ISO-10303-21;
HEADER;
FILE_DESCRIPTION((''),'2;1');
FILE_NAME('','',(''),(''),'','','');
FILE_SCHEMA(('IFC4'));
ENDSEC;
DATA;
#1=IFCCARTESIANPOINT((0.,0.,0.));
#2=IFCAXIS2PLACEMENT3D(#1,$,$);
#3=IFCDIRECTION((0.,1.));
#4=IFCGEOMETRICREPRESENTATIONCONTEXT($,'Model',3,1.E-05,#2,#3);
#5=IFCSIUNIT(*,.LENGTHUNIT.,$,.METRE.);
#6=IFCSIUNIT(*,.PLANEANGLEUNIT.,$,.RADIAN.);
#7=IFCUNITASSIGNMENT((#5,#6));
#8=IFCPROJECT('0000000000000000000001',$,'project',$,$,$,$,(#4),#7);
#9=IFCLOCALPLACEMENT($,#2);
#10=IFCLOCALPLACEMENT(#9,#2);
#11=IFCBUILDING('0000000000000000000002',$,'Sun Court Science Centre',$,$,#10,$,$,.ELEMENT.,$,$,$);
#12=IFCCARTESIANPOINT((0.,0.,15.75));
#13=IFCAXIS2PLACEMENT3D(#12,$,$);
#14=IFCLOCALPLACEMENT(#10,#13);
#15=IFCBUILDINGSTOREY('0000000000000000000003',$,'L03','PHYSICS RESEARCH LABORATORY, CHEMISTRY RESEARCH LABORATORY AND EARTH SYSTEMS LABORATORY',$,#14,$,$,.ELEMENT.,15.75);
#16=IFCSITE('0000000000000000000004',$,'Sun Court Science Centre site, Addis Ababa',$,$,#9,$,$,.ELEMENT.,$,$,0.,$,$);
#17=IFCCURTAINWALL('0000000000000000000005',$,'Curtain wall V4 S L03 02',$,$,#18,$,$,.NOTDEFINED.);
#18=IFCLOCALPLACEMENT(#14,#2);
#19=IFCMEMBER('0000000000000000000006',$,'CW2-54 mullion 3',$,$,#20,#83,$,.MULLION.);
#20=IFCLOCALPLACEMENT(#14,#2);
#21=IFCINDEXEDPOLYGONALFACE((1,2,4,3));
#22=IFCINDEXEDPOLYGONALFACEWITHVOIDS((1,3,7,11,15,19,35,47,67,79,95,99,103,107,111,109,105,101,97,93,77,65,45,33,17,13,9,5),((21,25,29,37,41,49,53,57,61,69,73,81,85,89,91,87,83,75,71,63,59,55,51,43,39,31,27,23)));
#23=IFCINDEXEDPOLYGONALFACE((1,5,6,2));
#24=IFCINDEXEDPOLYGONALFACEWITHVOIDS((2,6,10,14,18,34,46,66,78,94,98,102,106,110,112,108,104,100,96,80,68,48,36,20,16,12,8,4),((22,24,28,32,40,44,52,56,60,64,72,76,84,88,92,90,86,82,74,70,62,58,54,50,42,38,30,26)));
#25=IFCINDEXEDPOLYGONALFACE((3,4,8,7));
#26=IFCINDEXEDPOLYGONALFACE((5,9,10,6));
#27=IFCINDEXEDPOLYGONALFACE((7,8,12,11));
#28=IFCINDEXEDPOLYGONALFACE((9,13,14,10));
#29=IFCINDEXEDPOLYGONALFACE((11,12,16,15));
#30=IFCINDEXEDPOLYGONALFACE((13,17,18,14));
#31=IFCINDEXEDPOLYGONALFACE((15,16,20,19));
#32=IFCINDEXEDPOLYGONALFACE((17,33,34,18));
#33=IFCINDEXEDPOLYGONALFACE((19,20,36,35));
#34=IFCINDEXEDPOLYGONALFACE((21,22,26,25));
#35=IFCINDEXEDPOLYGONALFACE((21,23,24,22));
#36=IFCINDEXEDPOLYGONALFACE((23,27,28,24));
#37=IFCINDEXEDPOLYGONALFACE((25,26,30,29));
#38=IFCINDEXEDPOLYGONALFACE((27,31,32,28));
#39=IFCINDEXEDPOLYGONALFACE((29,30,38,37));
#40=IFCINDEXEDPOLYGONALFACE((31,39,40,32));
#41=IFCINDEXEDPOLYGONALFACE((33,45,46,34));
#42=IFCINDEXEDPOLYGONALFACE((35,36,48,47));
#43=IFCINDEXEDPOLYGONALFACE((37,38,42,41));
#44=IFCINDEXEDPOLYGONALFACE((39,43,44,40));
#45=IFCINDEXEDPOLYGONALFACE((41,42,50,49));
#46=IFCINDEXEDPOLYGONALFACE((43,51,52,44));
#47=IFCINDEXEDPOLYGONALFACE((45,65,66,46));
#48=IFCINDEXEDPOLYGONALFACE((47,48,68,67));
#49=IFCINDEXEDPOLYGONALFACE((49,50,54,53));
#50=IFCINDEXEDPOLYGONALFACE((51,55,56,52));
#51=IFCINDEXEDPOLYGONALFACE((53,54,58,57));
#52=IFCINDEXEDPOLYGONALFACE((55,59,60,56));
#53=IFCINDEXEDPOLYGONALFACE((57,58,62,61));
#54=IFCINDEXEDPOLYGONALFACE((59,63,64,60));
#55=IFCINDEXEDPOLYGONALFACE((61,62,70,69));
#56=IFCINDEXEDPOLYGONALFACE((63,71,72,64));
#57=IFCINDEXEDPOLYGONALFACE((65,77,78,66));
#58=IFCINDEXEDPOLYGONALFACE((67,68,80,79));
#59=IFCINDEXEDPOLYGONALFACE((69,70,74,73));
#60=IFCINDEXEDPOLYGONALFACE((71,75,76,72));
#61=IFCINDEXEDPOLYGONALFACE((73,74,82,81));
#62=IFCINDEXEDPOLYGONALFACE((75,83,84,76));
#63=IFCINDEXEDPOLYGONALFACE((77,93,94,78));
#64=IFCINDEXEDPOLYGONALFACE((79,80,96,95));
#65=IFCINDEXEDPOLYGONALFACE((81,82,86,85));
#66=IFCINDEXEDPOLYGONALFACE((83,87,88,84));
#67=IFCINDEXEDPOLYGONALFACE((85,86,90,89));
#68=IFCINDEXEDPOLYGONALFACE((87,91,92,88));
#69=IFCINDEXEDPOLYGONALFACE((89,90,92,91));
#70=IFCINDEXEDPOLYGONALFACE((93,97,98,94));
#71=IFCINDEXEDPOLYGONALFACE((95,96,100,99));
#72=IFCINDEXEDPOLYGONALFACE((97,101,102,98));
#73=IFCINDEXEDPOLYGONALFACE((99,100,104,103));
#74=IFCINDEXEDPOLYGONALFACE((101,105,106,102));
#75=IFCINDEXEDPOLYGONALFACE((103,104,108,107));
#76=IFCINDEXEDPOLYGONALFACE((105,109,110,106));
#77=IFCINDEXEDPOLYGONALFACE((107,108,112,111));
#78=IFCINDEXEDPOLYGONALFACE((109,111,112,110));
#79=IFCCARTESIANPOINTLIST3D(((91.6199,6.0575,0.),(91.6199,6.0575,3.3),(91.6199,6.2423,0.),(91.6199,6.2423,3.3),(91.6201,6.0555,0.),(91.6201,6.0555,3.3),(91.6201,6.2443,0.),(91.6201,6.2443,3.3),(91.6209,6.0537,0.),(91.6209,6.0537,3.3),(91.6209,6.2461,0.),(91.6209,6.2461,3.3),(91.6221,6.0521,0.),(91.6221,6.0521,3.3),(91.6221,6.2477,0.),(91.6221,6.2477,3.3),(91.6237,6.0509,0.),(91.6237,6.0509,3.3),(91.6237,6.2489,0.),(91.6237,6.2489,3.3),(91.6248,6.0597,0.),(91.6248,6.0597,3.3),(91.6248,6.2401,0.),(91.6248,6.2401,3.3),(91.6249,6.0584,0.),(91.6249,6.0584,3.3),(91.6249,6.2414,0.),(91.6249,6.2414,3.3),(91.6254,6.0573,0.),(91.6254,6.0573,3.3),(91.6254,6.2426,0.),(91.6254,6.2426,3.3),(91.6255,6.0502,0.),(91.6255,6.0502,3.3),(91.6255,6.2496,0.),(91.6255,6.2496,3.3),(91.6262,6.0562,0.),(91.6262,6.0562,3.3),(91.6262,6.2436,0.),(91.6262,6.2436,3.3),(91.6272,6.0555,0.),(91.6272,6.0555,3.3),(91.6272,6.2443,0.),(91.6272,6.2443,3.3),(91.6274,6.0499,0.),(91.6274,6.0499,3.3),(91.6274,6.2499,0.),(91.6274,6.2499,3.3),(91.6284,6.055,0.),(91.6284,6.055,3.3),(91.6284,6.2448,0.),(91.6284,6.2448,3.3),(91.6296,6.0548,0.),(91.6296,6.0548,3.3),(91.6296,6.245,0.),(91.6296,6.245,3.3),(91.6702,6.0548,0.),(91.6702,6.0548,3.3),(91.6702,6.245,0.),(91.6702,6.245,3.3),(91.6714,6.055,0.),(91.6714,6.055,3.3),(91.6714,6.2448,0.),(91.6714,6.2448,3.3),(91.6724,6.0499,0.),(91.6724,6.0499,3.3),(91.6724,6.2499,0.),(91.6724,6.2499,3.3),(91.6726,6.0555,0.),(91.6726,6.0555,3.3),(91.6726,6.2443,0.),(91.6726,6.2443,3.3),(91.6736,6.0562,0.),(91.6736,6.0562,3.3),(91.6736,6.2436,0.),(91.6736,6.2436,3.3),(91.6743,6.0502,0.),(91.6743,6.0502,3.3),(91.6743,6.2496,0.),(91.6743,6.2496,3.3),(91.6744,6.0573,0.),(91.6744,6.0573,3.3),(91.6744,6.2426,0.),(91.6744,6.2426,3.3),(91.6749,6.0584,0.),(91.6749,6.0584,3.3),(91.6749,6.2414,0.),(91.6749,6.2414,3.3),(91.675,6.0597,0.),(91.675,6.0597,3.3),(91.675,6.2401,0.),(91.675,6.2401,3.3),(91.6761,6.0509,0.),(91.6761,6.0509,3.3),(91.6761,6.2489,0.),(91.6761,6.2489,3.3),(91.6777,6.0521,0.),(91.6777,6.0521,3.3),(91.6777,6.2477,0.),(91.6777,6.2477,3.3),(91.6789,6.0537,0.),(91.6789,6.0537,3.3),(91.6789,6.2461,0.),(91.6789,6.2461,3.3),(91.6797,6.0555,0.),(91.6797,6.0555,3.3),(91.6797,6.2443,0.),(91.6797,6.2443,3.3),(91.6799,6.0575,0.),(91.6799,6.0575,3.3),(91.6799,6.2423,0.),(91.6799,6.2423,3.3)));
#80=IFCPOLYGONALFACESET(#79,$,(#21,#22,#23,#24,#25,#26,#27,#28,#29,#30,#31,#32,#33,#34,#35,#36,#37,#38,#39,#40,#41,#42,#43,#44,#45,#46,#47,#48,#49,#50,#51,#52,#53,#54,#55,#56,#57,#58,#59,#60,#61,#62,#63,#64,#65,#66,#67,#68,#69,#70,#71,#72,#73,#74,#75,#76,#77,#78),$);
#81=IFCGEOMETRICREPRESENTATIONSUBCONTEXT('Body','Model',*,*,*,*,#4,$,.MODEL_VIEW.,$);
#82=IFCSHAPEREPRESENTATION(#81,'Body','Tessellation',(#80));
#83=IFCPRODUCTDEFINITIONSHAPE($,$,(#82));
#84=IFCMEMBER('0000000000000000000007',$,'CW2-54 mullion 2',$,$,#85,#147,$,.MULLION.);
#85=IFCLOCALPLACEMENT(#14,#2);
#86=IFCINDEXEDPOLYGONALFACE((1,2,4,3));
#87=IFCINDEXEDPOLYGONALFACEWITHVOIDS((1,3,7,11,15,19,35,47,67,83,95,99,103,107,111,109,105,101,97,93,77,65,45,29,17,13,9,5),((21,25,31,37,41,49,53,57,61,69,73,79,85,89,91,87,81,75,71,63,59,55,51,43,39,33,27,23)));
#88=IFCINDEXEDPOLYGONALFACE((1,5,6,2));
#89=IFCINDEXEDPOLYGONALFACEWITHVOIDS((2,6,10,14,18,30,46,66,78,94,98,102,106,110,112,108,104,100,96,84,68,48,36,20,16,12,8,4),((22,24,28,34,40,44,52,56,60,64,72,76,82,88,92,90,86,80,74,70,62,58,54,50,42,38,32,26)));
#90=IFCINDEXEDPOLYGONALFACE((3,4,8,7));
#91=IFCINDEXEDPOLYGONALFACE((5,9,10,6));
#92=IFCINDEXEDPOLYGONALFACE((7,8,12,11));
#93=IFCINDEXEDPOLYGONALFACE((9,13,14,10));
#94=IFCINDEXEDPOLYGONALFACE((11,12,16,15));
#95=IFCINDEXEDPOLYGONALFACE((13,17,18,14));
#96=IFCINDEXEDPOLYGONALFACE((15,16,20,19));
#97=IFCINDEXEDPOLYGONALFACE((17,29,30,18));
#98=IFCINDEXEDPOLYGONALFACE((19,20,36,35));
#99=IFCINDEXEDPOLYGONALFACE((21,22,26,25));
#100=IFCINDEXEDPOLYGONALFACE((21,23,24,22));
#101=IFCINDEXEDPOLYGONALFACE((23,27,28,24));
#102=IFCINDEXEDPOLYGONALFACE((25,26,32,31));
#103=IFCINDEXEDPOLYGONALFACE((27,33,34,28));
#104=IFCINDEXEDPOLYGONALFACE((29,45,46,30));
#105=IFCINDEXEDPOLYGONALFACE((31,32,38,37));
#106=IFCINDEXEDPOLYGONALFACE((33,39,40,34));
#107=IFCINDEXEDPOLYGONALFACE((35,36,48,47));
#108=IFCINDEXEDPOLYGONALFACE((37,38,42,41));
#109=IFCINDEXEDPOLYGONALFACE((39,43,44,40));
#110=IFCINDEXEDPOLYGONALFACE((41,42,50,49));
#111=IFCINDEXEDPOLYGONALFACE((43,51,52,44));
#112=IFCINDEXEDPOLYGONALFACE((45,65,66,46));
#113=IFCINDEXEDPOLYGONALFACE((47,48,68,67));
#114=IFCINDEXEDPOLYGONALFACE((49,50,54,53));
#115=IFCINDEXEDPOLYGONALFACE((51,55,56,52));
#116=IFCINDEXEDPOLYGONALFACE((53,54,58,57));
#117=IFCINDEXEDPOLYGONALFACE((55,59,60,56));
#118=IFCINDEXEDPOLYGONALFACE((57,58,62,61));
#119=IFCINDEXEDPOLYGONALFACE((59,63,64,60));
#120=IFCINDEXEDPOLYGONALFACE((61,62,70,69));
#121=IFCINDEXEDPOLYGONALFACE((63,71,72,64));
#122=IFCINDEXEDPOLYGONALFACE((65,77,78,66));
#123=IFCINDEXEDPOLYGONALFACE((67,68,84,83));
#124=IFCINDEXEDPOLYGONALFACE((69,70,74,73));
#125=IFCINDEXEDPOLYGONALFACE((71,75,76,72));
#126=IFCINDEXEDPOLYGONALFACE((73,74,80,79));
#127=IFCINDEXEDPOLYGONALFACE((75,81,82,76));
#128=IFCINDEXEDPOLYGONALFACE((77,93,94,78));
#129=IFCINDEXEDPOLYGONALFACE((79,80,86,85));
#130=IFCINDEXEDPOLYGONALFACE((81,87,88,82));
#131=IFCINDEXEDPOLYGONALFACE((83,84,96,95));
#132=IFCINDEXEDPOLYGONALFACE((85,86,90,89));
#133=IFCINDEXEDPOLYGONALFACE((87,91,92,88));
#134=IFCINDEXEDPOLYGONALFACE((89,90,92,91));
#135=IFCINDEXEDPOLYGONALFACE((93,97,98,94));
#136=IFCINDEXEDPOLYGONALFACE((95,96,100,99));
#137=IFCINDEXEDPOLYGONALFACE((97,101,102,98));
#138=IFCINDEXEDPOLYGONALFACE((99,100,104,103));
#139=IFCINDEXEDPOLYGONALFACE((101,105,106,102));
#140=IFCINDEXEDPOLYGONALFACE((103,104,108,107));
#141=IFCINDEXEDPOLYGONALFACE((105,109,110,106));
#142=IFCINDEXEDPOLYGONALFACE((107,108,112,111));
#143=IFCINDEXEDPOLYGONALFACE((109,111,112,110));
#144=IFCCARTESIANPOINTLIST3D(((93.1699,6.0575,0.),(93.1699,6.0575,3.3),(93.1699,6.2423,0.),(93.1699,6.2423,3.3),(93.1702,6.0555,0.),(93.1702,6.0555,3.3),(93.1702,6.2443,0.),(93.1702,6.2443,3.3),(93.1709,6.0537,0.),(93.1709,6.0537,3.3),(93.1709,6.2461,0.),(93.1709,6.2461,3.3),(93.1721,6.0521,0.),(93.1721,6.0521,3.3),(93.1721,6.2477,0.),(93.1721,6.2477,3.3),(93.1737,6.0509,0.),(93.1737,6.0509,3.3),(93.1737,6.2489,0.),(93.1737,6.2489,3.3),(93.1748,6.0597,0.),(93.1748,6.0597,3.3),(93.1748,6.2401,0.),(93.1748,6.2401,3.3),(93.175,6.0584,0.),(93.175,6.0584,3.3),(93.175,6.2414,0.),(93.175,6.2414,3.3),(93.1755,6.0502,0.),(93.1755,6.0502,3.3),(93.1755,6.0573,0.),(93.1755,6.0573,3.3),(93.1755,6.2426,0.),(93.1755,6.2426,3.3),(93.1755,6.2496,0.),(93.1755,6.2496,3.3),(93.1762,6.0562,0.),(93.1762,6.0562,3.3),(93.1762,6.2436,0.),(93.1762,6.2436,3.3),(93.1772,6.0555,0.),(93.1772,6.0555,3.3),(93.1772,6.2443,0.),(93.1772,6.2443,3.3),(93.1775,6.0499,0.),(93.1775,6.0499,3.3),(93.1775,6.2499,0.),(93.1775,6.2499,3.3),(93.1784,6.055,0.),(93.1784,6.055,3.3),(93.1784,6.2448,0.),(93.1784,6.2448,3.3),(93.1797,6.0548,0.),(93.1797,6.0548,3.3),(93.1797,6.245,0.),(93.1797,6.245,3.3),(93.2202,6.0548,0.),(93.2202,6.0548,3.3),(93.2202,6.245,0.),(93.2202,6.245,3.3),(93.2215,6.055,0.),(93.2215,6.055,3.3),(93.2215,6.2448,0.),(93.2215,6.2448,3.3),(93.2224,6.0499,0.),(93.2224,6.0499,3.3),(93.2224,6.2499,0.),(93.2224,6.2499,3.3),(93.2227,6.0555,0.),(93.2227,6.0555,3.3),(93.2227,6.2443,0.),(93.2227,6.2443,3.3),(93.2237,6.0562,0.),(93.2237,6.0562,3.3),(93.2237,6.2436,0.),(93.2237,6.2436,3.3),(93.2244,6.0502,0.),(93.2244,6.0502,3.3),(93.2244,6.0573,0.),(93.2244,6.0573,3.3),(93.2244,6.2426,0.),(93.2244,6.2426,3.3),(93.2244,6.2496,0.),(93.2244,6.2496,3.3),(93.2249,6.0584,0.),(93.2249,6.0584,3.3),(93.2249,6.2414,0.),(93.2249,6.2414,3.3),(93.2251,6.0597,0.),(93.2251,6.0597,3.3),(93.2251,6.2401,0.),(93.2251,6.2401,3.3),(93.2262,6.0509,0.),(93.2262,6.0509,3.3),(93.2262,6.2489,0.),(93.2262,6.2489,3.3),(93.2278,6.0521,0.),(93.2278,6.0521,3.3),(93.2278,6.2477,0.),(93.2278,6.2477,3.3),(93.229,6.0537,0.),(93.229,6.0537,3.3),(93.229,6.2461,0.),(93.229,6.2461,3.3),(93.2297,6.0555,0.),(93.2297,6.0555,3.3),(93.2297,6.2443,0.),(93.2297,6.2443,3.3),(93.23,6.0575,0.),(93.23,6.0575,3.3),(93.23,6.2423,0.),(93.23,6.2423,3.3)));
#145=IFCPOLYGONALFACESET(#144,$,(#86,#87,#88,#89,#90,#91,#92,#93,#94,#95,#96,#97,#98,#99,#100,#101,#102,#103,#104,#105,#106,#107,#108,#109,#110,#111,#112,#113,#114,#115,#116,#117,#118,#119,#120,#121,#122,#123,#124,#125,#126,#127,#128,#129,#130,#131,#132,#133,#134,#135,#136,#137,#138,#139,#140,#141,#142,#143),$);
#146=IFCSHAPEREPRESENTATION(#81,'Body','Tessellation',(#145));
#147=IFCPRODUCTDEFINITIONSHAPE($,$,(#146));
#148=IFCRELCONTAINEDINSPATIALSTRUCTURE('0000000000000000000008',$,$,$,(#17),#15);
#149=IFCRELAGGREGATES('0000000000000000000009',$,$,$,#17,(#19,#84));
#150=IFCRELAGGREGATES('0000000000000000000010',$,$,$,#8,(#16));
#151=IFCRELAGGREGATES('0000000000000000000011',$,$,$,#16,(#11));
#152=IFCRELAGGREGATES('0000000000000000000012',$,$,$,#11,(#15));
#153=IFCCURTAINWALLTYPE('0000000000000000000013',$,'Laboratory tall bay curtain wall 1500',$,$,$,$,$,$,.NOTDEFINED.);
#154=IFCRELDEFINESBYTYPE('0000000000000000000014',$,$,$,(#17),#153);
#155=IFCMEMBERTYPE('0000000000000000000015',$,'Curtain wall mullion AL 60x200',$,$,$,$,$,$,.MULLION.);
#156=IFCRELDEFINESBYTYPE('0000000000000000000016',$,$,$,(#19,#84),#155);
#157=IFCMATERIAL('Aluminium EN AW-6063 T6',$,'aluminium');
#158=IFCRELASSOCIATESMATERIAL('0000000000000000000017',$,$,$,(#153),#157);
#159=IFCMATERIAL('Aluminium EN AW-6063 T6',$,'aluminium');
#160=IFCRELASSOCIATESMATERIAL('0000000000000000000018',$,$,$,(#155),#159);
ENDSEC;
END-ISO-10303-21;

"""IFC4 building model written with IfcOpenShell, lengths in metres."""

from ifc_helpers import new_model, si_unit, direction, frame, origin, origin_2d, place, context, subcontext, project, spatial, hollow_rectangle, extrude, material, material_profile, profile_set, type_object, element, aggregate, save


model = new_model("IFC4")

# Units and contexts
model_context = context("Model", 3, precision=1e-05, world=origin(), true_north=direction((0.0, 1.0)))
body_context = subcontext(model_context, "Body", "Model", "MODEL_VIEW")
ifc_project = project(units=[si_unit("LENGTHUNIT", "METRE"), si_unit("PLANEANGLEUNIT", "RADIAN")], contexts=[model_context])

# Site, building, storey
site_placement = place(None, origin())
site = spatial("IfcSite", under=ifc_project, at=site_placement, Name="Sun Court Science Centre site, Addis Ababa", CompositionType="ELEMENT", RefElevation=0.0)
building_placement = place(site_placement, origin())
building = spatial("IfcBuilding", under=site, at=building_placement, Name="Sun Court Science Centre", CompositionType="ELEMENT")
storey_placement = place(building_placement, frame((0.0, 0.0, 15.75)))
storey = spatial("IfcBuildingStorey", under=building, at=storey_placement, Name="L03", Description="PHYSICS RESEARCH LABORATORY, CHEMISTRY RESEARCH LABORATORY AND EARTH SYSTEMS LABORATORY", CompositionType="ELEMENT", Elevation=15.75)

# Curtain wall, members
ifc_material_1 = material(Name="Aluminium EN AW-6063 T6", Category="aluminium")
curtain_wall_type = type_object("IfcCurtainWallType", Name="Laboratory tall bay curtain wall 1500", PredefinedType="NOTDEFINED", material=ifc_material_1)
ifc_material_2 = material(Name="Aluminium EN AW-6063 T6", Category="aluminium")
ifc_material_profile_1 = material_profile(ifc_material_2, hollow_rectangle(XDim=0.0601, YDim=0.2, WallThickness=0.0049, InnerFilletRadius=0.0049, OuterFilletRadius=0.0076, at=origin_2d()), Name="AL 60x200x5")
ifc_profile_set_1 = profile_set([ifc_material_profile_1], Name="Aluminium EN AW-6063 T6")
member_type_1 = type_object("IfcMemberType", Name="Curtain wall mullion AL 60x200", PredefinedType="MULLION", material=ifc_profile_set_1)
curtain_wall_1_placement = place(storey_placement, origin())
curtain_wall_1 = element("IfcCurtainWall", 1, at=curtain_wall_1_placement, inside=storey, type_object=curtain_wall_type, Name="Curtain wall V4 S L03 02", PredefinedType="NOTDEFINED")
member_1_placement = place(storey_placement, frame((91.6499, 6.1499, 0.0), z_axis=(0.0, 0.0, 1.0), x_axis=(-1.0, 0.0, 0.0)))
member_1 = element("IfcMember", 2, at=member_1_placement, type_object=member_type_1, Name="CW2-54 mullion 3", PredefinedType="MULLION", context=body_context, shape_type="SweptSolid", body=[
    extrude(hollow_rectangle(XDim=0.0601, YDim=0.2, WallThickness=0.0049, InnerFilletRadius=0.0049, OuterFilletRadius=0.0076, at=origin_2d()), origin(), (0.0, 0.0, 1.0), 3.3),
])
member_2_placement = place(storey_placement, frame((93.2, 6.1499, 0.0), z_axis=(0.0, 0.0, 1.0), x_axis=(-1.0, 0.0, 0.0)))
member_2 = element("IfcMember", 3, at=member_2_placement, type_object=member_type_1, Name="CW2-54 mullion 2", PredefinedType="MULLION", context=body_context, shape_type="SweptSolid", body=[
    extrude(hollow_rectangle(XDim=0.0601, YDim=0.2, WallThickness=0.0049, InnerFilletRadius=0.0049, OuterFilletRadius=0.0076, at=origin_2d()), origin(), (0.0, 0.0, 1.0), 3.3),
])

aggregate(curtain_wall_1, [member_1, member_2])

save(model, "model.ifc")
